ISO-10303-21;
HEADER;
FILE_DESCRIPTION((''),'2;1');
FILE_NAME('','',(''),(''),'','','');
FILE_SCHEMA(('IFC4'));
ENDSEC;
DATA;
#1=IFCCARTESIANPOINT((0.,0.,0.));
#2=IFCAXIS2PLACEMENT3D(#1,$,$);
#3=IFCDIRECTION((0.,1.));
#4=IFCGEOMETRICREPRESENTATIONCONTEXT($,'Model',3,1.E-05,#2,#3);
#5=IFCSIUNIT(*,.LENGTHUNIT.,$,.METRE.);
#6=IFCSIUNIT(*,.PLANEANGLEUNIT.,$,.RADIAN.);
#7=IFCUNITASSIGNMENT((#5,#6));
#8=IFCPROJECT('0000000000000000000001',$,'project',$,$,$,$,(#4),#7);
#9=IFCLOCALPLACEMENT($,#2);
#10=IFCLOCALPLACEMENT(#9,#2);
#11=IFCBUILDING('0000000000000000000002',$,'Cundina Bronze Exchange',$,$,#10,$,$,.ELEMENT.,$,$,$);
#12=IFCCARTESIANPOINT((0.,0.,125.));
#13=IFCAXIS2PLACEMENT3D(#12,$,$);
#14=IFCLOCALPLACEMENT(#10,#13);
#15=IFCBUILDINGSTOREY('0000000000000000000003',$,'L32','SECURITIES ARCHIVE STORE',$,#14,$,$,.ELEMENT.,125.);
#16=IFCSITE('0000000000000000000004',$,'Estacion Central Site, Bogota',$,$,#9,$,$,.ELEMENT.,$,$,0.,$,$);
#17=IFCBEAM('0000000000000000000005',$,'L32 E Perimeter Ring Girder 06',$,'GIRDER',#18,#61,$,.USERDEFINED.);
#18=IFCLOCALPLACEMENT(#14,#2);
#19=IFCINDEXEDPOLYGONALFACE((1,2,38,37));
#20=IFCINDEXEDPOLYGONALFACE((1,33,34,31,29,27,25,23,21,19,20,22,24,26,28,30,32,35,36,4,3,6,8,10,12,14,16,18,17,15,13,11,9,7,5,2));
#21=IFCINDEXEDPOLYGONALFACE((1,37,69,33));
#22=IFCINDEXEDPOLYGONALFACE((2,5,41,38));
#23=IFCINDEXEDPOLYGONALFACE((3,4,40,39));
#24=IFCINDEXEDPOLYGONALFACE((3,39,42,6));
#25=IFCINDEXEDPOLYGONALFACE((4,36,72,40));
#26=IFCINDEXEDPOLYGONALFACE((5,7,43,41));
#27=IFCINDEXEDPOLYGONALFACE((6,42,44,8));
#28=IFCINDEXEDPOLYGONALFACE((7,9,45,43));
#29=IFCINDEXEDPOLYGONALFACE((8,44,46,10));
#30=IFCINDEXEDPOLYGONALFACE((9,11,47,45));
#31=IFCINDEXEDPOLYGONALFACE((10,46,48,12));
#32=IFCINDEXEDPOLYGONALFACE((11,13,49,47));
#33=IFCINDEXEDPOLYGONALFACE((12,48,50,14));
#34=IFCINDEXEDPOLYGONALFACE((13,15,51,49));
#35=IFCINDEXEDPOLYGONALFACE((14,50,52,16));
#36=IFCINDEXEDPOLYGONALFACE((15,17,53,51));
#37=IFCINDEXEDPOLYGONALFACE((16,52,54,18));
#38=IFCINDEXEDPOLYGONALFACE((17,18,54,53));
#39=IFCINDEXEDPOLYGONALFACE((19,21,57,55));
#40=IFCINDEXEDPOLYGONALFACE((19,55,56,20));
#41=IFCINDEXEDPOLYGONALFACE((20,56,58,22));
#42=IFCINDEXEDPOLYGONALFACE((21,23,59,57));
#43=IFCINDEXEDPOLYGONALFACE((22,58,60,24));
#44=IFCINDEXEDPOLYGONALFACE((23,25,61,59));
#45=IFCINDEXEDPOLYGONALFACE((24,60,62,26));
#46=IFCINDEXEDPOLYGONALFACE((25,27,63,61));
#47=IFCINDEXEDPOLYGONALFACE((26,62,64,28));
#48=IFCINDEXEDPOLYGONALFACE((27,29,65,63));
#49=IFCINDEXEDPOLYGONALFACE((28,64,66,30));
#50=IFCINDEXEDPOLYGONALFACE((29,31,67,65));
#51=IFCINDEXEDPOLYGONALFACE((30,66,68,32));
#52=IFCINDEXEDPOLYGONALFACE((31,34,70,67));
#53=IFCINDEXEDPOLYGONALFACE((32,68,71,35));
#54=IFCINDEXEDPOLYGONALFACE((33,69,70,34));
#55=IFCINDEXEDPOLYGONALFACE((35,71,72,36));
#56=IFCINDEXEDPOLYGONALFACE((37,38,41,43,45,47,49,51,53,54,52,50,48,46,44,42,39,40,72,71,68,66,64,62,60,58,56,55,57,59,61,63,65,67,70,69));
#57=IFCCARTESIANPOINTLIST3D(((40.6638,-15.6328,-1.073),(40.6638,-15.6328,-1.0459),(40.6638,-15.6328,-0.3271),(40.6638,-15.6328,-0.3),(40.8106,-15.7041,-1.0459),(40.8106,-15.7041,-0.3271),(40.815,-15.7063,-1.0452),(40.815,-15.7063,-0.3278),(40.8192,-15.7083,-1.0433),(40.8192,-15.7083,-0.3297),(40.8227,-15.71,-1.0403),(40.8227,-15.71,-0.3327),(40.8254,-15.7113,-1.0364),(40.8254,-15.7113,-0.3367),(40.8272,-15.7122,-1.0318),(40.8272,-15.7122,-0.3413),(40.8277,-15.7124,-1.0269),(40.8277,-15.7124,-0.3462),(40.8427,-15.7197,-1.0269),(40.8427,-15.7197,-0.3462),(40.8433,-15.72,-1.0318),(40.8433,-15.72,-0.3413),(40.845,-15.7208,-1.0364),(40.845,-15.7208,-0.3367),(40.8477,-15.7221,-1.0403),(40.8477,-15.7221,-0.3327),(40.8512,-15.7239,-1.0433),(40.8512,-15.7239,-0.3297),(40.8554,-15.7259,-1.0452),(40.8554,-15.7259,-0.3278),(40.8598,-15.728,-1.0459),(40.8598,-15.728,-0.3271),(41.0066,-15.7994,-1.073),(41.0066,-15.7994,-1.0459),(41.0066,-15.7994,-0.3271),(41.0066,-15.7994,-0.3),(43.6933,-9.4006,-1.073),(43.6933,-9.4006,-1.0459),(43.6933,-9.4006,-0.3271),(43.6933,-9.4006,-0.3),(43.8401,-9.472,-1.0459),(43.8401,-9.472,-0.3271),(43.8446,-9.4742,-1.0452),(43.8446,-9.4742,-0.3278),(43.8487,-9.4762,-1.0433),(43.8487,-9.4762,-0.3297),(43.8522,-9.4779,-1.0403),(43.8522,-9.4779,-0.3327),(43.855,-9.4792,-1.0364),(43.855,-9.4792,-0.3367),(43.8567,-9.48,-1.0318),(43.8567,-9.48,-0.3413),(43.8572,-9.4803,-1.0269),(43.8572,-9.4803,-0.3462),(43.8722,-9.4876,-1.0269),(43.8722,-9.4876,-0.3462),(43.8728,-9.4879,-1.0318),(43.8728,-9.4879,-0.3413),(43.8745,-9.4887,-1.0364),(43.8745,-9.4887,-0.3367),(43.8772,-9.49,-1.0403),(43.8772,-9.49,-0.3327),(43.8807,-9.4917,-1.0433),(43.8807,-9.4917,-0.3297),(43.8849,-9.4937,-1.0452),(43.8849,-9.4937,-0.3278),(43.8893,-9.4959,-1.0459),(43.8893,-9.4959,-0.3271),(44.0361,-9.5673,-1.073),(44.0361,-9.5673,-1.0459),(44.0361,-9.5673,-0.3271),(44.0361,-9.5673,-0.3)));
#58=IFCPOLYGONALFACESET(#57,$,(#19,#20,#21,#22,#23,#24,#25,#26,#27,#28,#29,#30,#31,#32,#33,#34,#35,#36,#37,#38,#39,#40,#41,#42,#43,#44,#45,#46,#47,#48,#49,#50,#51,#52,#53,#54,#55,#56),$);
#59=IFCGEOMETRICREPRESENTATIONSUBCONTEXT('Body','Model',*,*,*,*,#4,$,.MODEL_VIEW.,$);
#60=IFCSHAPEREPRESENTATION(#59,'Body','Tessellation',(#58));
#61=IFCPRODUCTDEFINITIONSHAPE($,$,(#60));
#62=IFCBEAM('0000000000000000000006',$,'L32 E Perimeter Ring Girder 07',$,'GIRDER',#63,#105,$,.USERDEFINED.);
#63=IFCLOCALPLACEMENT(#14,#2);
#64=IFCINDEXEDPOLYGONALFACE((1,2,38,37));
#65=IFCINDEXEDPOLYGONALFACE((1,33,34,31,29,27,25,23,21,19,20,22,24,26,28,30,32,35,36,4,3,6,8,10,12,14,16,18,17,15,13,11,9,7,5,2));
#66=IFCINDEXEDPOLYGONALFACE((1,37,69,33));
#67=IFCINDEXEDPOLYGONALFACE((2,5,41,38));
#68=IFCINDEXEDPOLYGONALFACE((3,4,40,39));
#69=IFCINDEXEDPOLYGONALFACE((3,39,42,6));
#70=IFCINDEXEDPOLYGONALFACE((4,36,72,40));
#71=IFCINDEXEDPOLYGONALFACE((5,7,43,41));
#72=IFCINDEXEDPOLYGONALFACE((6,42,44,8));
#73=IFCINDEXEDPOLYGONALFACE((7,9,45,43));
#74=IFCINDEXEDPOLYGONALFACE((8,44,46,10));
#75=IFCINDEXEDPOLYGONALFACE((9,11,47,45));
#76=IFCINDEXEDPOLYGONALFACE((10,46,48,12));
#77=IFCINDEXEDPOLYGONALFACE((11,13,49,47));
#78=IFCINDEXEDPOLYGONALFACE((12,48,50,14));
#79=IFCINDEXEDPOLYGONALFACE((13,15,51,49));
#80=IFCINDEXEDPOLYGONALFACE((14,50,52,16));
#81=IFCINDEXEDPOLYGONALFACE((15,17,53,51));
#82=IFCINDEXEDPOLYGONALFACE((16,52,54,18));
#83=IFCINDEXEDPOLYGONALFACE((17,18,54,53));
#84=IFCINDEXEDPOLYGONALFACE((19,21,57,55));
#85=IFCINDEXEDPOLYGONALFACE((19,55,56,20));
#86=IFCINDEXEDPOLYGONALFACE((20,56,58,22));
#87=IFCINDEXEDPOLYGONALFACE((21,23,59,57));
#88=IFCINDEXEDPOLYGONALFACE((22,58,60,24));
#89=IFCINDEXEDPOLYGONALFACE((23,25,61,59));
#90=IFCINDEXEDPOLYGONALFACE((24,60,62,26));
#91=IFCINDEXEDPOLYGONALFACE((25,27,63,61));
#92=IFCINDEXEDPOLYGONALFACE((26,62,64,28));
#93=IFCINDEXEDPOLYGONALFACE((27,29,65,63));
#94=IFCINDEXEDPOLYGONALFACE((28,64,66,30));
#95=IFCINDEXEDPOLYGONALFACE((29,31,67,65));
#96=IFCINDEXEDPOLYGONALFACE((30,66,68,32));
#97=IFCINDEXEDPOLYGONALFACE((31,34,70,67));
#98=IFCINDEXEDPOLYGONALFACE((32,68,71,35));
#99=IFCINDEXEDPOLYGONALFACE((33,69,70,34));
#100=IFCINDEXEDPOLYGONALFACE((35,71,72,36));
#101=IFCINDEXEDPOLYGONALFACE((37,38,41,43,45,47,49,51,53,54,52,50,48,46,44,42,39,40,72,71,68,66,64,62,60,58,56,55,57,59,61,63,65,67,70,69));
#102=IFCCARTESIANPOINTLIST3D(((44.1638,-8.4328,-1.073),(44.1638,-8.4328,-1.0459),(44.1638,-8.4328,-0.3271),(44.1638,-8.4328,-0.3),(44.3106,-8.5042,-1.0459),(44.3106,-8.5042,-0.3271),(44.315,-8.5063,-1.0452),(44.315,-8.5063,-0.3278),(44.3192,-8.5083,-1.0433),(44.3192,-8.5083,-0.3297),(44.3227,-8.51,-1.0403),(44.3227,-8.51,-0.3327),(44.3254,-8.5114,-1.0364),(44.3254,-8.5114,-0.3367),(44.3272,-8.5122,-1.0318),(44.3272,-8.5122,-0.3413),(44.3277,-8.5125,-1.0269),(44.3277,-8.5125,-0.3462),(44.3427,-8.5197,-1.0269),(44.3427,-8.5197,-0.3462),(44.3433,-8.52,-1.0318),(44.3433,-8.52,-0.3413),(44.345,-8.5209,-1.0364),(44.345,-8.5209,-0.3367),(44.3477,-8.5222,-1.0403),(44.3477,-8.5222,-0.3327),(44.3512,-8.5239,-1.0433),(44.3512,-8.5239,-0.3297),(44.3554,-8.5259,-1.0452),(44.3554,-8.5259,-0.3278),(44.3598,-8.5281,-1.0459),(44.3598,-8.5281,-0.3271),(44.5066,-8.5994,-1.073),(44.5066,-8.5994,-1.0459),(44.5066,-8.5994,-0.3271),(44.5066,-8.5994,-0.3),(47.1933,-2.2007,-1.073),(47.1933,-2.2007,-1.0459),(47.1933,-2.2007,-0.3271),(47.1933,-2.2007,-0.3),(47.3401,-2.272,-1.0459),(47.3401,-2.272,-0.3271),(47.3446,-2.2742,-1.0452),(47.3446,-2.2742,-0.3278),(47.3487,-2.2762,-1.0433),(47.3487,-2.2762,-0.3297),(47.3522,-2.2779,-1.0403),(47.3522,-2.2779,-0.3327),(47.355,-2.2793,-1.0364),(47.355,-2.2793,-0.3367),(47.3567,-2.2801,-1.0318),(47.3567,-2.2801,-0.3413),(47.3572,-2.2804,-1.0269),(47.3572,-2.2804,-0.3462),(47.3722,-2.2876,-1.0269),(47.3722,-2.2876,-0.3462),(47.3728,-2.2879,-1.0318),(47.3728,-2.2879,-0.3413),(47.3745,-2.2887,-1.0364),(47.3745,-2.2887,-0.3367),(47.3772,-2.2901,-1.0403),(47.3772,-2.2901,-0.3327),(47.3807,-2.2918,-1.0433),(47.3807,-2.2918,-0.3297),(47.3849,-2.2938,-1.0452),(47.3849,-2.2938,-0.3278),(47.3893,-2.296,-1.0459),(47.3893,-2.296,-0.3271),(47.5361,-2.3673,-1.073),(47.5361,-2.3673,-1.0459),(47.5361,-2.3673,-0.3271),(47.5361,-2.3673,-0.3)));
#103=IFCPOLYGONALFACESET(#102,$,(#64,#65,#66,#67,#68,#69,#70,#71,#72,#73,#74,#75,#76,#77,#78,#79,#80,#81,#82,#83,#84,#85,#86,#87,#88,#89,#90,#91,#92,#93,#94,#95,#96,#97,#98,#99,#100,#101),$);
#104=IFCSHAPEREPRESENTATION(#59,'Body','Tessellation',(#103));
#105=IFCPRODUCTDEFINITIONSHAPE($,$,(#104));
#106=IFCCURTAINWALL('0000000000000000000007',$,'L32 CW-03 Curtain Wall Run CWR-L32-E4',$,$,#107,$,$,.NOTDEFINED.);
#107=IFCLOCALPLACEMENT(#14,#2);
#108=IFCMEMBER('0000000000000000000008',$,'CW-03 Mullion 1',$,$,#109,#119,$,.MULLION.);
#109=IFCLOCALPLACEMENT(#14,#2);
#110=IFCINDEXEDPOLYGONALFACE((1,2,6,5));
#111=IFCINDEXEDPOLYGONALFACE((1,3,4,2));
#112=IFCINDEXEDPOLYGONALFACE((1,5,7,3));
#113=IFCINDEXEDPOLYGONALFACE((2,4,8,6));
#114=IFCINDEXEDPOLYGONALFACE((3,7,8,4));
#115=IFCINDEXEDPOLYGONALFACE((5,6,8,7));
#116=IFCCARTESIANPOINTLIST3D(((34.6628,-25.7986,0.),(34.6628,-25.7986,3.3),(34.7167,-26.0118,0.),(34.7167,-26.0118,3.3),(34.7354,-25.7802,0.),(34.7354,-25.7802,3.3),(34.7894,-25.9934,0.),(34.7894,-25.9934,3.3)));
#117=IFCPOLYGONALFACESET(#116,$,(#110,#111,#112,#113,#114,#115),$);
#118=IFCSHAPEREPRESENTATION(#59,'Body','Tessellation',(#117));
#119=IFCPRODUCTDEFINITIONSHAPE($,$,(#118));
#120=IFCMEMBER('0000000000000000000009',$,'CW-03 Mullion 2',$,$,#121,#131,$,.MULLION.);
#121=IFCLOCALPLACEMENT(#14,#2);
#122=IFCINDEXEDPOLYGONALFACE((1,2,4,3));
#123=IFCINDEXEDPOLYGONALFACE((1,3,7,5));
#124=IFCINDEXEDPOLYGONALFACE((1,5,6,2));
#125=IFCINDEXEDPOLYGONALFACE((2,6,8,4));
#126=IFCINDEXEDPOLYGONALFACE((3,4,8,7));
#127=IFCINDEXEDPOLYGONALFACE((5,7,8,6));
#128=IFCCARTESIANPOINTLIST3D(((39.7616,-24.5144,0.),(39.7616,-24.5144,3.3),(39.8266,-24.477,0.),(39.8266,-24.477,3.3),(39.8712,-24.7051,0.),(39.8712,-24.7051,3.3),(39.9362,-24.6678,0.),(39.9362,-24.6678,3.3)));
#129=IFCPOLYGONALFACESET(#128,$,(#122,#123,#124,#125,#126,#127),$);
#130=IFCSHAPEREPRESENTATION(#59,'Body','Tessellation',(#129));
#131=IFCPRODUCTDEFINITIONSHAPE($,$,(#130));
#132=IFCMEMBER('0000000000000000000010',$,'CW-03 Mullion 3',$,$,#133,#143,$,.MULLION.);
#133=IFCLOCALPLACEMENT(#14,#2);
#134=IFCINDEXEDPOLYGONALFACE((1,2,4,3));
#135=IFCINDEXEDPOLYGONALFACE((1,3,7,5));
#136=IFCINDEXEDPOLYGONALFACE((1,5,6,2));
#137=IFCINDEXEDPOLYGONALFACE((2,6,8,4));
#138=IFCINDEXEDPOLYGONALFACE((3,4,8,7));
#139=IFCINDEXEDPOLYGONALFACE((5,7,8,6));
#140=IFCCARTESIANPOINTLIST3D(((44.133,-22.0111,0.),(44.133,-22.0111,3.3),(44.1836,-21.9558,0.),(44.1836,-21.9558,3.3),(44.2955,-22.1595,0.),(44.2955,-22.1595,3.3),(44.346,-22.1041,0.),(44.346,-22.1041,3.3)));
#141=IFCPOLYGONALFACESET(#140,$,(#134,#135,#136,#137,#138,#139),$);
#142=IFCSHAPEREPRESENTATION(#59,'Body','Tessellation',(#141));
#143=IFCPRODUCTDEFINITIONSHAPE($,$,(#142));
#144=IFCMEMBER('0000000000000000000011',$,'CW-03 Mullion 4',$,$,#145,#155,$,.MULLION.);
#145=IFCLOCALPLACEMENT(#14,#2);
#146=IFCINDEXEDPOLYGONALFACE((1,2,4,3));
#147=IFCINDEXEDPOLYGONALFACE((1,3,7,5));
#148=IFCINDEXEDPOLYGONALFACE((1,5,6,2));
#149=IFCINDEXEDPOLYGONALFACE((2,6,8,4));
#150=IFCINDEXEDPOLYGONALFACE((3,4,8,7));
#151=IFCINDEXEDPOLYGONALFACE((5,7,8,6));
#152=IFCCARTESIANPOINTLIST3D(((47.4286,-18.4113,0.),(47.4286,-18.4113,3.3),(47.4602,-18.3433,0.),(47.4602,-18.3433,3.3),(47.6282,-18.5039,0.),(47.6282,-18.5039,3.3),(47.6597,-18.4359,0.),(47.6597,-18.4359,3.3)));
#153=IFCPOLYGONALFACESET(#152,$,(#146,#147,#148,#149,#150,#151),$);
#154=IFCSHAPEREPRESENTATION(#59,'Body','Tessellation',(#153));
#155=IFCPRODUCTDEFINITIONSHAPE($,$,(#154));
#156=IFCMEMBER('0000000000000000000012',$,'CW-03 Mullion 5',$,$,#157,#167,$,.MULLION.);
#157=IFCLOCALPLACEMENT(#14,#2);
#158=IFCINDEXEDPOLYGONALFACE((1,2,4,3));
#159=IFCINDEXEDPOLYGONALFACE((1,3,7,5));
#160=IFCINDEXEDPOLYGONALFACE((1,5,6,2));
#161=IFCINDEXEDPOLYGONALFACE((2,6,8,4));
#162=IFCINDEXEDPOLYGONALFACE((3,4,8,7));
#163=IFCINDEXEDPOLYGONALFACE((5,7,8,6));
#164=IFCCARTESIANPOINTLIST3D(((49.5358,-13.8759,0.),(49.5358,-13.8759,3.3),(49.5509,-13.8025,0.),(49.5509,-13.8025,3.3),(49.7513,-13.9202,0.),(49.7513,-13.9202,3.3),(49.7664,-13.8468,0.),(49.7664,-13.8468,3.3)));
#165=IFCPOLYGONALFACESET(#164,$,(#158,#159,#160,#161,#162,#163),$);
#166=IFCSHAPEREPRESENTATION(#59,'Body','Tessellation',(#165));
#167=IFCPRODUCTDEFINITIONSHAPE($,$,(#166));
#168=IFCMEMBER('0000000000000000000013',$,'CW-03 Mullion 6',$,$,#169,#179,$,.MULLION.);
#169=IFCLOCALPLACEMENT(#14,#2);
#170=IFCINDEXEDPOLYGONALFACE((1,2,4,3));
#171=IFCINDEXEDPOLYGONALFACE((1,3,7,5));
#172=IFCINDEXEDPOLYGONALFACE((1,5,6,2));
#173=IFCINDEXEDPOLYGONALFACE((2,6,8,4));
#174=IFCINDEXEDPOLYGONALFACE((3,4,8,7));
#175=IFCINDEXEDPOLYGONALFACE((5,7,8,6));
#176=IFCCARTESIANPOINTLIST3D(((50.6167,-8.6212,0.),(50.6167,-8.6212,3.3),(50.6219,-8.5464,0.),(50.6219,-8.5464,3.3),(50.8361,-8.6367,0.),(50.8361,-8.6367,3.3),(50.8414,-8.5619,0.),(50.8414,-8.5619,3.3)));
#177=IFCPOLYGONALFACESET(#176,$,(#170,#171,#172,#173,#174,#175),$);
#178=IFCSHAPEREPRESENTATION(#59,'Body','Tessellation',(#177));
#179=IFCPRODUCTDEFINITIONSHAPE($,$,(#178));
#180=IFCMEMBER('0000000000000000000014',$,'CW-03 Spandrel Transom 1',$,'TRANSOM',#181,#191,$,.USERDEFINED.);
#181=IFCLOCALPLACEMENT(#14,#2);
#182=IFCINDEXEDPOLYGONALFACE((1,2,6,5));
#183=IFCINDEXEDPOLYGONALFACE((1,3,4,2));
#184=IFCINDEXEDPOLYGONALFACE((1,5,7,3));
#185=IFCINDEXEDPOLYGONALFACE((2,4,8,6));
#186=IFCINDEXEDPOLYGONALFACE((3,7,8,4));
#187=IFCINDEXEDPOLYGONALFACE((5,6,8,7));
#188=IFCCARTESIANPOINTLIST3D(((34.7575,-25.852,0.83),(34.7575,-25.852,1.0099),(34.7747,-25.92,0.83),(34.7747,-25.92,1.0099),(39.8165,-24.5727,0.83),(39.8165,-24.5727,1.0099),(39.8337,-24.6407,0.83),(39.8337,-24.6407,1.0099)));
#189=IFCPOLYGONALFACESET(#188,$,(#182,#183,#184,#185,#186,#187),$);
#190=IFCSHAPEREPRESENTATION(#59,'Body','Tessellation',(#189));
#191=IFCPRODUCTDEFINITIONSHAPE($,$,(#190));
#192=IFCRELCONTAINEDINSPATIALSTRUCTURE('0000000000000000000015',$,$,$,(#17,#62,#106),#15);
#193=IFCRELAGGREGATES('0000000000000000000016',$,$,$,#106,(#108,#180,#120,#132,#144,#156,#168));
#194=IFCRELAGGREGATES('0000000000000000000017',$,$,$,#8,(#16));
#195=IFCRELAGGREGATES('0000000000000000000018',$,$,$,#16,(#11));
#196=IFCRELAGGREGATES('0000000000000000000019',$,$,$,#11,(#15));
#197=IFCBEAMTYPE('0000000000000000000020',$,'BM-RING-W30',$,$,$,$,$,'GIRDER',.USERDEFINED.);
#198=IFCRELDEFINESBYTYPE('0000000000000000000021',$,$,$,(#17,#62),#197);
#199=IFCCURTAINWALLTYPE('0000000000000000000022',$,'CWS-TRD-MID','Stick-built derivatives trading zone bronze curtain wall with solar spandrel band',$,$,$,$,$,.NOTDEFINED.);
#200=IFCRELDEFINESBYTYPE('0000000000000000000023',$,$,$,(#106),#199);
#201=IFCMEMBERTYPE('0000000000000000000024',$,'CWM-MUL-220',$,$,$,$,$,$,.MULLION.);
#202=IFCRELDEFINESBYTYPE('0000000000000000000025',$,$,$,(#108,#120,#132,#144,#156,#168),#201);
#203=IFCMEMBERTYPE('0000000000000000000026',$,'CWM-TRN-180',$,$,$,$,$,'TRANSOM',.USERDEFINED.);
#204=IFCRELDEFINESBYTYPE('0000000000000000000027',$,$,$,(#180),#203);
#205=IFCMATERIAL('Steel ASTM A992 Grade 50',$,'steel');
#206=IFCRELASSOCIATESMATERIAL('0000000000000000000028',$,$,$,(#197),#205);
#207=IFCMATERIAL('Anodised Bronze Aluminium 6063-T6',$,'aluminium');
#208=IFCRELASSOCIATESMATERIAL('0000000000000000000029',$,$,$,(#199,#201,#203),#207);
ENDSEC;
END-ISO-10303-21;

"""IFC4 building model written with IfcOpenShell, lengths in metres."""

from ifc_helpers import new_model, si_unit, direction, frame, origin, origin_2d, place, context, subcontext, project, spatial, rectangle, i_section, extrude, material, material_profile, profile_set, type_object, element, aggregate, save


model = new_model("IFC4")

# Units and contexts
model_context = context("Model", 3, precision=1e-05, world=origin(), true_north=direction((0.0, 1.0)))
body_context = subcontext(model_context, "Body", "Model", "MODEL_VIEW")
ifc_project = project(units=[si_unit("LENGTHUNIT", "METRE"), si_unit("PLANEANGLEUNIT", "RADIAN")], contexts=[model_context])

# Site, building, storey
site_placement = place(None, origin())
site = spatial("IfcSite", under=ifc_project, at=site_placement, Name="Estacion Central Site, Bogota", CompositionType="ELEMENT", RefElevation=0.0)
building_placement = place(site_placement, origin())
building = spatial("IfcBuilding", under=site, at=building_placement, Name="Cundina Bronze Exchange", CompositionType="ELEMENT")
storey_placement = place(building_placement, frame((0.0, 0.0, 125.0)))
storey = spatial("IfcBuildingStorey", under=building, at=storey_placement, Name="L32", Description="SECURITIES ARCHIVE STORE", CompositionType="ELEMENT", Elevation=125.0)

# Beams
ifc_material_1 = material(Name="Steel ASTM A992 Grade 50", Category="steel")
ifc_material_profile_1 = material_profile(ifc_material_1, i_section(OverallWidth=0.3811, OverallDepth=0.7729, WebThickness=0.0166, FlangeThickness=0.0271, FilletRadius=0.019, at=origin_2d()), Name="W30X173", Category="steel")
ifc_profile_set_1 = profile_set([ifc_material_profile_1], Name="Steel ASTM A992 Grade 50")
beam_type_1 = type_object("IfcBeamType", Name="BM-RING-W30", ElementType="GIRDER", PredefinedType="USERDEFINED", material=ifc_profile_set_1)
for number, where, z_axis, x_axis, name in (
    (1, (40.8352, -15.7161, -0.6865), (0.437194, 0.899367, 0.0), (-0.899367, 0.437194, 0.0), "L32 E Perimeter Ring Girder 06"),
    (2, (44.3352, -8.5161, -0.6865), (0.437194, 0.899367, 0.0), (-0.899367, 0.437194, 0.0), "L32 E Perimeter Ring Girder 07"),
):
    element("IfcBeam", number, at=place(storey_placement, frame(where, z_axis=z_axis, x_axis=x_axis)), inside=storey, type_object=beam_type_1, Name=name, ObjectType="GIRDER", PredefinedType="USERDEFINED", context=body_context, shape_type="SweptSolid", body=[
        extrude(i_section(OverallWidth=0.3811, OverallDepth=0.7729, WebThickness=0.0166, FlangeThickness=0.0271, FilletRadius=0.019, at=origin_2d()), origin(), (0.0, 0.0, 1.0), 6.9294),
    ])

# Curtain wall, members
ifc_material_2 = material(Name="Anodised Bronze Aluminium 6063-T6", Category="aluminium")
curtain_wall_type = type_object("IfcCurtainWallType", Name="CWS-TRD-MID", Description="Stick-built derivatives trading zone bronze curtain wall with solar spandrel band", PredefinedType="NOTDEFINED", material=ifc_material_2)
curtain_wall_placement = place(storey_placement, origin())
curtain_wall = element("IfcCurtainWall", 3, at=curtain_wall_placement, inside=storey, type_object=curtain_wall_type, Name="L32 CW-03 Curtain Wall Run CWR-L32-E4", PredefinedType="NOTDEFINED")
ifc_material_profile_2 = material_profile(ifc_material_2, rectangle(XDim=0.075, YDim=0.22, at=origin_2d()), Name="AL75X220", Category="aluminium")
ifc_profile_set_2 = profile_set([ifc_material_profile_2], Name="Anodised Bronze Aluminium 6063-T6")
member_type_1 = type_object("IfcMemberType", Name="CWM-MUL-220", PredefinedType="MULLION", material=ifc_profile_set_2)
member_1_placement = place(storey_placement, frame((34.7261, -25.896, 0.0), z_axis=(0.0, 0.0, 1.0), x_axis=(0.969488, 0.245138, 0.0)))
member_1 = element("IfcMember", 4, at=member_1_placement, type_object=member_type_1, Name="CW-03 Mullion 1", PredefinedType="MULLION", context=body_context, shape_type="SweptSolid", body=[
    extrude(rectangle(XDim=0.075, YDim=0.22, at=origin_2d()), origin(), (0.0, 0.0, 1.0), 3.3),
])
member_2_placement = place(storey_placement, frame((39.8489, -24.5911, 0.0), z_axis=(0.0, 0.0, 1.0), x_axis=(0.867071, 0.498185, 0.0)))
member_2 = element("IfcMember", 5, at=member_2_placement, type_object=member_type_1, Name="CW-03 Mullion 2", PredefinedType="MULLION", context=body_context, shape_type="SweptSolid", body=[
    extrude(rectangle(XDim=0.075, YDim=0.22, at=origin_2d()), origin(), (0.0, 0.0, 1.0), 3.3),
])
member_3_placement = place(storey_placement, frame((44.2395, -22.0576, 0.0), z_axis=(0.0, 0.0, 1.0), x_axis=(0.674302, 0.738455, 0.0)))
member_3 = element("IfcMember", 6, at=member_3_placement, type_object=member_type_1, Name="CW-03 Mullion 3", PredefinedType="MULLION", context=body_context, shape_type="SweptSolid", body=[
    extrude(rectangle(XDim=0.075, YDim=0.22, at=origin_2d()), origin(), (0.0, 0.0, 1.0), 3.3),
])
member_4_placement = place(storey_placement, frame((47.5442, -18.4236, 0.0), z_axis=(0.0, 0.0, 1.0), x_axis=(0.420877, 0.907117, 0.0)))
member_4 = element("IfcMember", 7, at=member_4_placement, type_object=member_type_1, Name="CW-03 Mullion 4", PredefinedType="MULLION", context=body_context, shape_type="SweptSolid", body=[
    extrude(rectangle(XDim=0.075, YDim=0.22, at=origin_2d()), origin(), (0.0, 0.0, 1.0), 3.3),
])
member_5_placement = place(storey_placement, frame((49.6511, -13.8613, 0.0), z_axis=(0.0, 0.0, 1.0), x_axis=(0.20142, 0.979505, 0.0)))
member_5 = element("IfcMember", 8, at=member_5_placement, type_object=member_type_1, Name="CW-03 Mullion 5", PredefinedType="MULLION", context=body_context, shape_type="SweptSolid", body=[
    extrude(rectangle(XDim=0.075, YDim=0.22, at=origin_2d()), origin(), (0.0, 0.0, 1.0), 3.3),
])
member_6_placement = place(storey_placement, frame((50.729, -8.5916, 0.0), z_axis=(0.0, 0.0, 1.0), x_axis=(0.070279, 0.997527, 0.0)))
member_6 = element("IfcMember", 9, at=member_6_placement, type_object=member_type_1, Name="CW-03 Mullion 6", PredefinedType="MULLION", context=body_context, shape_type="SweptSolid", body=[
    extrude(rectangle(XDim=0.075, YDim=0.22, at=origin_2d()), origin(), (0.0, 0.0, 1.0), 3.3),
])
ifc_material_profile_3 = material_profile(ifc_material_2, rectangle(XDim=0.0701, YDim=0.1799, at=origin_2d()), Name="AL70X180", Category="aluminium")
ifc_profile_set_3 = profile_set([ifc_material_profile_3], Name="Anodised Bronze Aluminium 6063-T6")
member_type_2 = type_object("IfcMemberType", Name="CWM-TRN-180", ElementType="TRANSOM", PredefinedType="USERDEFINED", material=ifc_profile_set_3)
member_7_placement = place(storey_placement, frame((34.7661, -25.886, 0.9199), z_axis=(0.969484, 0.245155, 0.0), x_axis=(-0.245155, 0.969484, 0.0)))
member_7 = element("IfcMember", 10, at=member_7_placement, type_object=member_type_2, Name="CW-03 Spandrel Transom 1", ObjectType="TRANSOM", PredefinedType="USERDEFINED", context=body_context, shape_type="SweptSolid", body=[
    extrude(rectangle(XDim=0.0701, YDim=0.1799, at=origin_2d()), origin(), (0.0, 0.0, 1.0), 5.2183),
])
aggregate(curtain_wall, [member_1, member_7, member_2, member_3, member_4, member_5, member_6])

save(model, "model.ifc")
